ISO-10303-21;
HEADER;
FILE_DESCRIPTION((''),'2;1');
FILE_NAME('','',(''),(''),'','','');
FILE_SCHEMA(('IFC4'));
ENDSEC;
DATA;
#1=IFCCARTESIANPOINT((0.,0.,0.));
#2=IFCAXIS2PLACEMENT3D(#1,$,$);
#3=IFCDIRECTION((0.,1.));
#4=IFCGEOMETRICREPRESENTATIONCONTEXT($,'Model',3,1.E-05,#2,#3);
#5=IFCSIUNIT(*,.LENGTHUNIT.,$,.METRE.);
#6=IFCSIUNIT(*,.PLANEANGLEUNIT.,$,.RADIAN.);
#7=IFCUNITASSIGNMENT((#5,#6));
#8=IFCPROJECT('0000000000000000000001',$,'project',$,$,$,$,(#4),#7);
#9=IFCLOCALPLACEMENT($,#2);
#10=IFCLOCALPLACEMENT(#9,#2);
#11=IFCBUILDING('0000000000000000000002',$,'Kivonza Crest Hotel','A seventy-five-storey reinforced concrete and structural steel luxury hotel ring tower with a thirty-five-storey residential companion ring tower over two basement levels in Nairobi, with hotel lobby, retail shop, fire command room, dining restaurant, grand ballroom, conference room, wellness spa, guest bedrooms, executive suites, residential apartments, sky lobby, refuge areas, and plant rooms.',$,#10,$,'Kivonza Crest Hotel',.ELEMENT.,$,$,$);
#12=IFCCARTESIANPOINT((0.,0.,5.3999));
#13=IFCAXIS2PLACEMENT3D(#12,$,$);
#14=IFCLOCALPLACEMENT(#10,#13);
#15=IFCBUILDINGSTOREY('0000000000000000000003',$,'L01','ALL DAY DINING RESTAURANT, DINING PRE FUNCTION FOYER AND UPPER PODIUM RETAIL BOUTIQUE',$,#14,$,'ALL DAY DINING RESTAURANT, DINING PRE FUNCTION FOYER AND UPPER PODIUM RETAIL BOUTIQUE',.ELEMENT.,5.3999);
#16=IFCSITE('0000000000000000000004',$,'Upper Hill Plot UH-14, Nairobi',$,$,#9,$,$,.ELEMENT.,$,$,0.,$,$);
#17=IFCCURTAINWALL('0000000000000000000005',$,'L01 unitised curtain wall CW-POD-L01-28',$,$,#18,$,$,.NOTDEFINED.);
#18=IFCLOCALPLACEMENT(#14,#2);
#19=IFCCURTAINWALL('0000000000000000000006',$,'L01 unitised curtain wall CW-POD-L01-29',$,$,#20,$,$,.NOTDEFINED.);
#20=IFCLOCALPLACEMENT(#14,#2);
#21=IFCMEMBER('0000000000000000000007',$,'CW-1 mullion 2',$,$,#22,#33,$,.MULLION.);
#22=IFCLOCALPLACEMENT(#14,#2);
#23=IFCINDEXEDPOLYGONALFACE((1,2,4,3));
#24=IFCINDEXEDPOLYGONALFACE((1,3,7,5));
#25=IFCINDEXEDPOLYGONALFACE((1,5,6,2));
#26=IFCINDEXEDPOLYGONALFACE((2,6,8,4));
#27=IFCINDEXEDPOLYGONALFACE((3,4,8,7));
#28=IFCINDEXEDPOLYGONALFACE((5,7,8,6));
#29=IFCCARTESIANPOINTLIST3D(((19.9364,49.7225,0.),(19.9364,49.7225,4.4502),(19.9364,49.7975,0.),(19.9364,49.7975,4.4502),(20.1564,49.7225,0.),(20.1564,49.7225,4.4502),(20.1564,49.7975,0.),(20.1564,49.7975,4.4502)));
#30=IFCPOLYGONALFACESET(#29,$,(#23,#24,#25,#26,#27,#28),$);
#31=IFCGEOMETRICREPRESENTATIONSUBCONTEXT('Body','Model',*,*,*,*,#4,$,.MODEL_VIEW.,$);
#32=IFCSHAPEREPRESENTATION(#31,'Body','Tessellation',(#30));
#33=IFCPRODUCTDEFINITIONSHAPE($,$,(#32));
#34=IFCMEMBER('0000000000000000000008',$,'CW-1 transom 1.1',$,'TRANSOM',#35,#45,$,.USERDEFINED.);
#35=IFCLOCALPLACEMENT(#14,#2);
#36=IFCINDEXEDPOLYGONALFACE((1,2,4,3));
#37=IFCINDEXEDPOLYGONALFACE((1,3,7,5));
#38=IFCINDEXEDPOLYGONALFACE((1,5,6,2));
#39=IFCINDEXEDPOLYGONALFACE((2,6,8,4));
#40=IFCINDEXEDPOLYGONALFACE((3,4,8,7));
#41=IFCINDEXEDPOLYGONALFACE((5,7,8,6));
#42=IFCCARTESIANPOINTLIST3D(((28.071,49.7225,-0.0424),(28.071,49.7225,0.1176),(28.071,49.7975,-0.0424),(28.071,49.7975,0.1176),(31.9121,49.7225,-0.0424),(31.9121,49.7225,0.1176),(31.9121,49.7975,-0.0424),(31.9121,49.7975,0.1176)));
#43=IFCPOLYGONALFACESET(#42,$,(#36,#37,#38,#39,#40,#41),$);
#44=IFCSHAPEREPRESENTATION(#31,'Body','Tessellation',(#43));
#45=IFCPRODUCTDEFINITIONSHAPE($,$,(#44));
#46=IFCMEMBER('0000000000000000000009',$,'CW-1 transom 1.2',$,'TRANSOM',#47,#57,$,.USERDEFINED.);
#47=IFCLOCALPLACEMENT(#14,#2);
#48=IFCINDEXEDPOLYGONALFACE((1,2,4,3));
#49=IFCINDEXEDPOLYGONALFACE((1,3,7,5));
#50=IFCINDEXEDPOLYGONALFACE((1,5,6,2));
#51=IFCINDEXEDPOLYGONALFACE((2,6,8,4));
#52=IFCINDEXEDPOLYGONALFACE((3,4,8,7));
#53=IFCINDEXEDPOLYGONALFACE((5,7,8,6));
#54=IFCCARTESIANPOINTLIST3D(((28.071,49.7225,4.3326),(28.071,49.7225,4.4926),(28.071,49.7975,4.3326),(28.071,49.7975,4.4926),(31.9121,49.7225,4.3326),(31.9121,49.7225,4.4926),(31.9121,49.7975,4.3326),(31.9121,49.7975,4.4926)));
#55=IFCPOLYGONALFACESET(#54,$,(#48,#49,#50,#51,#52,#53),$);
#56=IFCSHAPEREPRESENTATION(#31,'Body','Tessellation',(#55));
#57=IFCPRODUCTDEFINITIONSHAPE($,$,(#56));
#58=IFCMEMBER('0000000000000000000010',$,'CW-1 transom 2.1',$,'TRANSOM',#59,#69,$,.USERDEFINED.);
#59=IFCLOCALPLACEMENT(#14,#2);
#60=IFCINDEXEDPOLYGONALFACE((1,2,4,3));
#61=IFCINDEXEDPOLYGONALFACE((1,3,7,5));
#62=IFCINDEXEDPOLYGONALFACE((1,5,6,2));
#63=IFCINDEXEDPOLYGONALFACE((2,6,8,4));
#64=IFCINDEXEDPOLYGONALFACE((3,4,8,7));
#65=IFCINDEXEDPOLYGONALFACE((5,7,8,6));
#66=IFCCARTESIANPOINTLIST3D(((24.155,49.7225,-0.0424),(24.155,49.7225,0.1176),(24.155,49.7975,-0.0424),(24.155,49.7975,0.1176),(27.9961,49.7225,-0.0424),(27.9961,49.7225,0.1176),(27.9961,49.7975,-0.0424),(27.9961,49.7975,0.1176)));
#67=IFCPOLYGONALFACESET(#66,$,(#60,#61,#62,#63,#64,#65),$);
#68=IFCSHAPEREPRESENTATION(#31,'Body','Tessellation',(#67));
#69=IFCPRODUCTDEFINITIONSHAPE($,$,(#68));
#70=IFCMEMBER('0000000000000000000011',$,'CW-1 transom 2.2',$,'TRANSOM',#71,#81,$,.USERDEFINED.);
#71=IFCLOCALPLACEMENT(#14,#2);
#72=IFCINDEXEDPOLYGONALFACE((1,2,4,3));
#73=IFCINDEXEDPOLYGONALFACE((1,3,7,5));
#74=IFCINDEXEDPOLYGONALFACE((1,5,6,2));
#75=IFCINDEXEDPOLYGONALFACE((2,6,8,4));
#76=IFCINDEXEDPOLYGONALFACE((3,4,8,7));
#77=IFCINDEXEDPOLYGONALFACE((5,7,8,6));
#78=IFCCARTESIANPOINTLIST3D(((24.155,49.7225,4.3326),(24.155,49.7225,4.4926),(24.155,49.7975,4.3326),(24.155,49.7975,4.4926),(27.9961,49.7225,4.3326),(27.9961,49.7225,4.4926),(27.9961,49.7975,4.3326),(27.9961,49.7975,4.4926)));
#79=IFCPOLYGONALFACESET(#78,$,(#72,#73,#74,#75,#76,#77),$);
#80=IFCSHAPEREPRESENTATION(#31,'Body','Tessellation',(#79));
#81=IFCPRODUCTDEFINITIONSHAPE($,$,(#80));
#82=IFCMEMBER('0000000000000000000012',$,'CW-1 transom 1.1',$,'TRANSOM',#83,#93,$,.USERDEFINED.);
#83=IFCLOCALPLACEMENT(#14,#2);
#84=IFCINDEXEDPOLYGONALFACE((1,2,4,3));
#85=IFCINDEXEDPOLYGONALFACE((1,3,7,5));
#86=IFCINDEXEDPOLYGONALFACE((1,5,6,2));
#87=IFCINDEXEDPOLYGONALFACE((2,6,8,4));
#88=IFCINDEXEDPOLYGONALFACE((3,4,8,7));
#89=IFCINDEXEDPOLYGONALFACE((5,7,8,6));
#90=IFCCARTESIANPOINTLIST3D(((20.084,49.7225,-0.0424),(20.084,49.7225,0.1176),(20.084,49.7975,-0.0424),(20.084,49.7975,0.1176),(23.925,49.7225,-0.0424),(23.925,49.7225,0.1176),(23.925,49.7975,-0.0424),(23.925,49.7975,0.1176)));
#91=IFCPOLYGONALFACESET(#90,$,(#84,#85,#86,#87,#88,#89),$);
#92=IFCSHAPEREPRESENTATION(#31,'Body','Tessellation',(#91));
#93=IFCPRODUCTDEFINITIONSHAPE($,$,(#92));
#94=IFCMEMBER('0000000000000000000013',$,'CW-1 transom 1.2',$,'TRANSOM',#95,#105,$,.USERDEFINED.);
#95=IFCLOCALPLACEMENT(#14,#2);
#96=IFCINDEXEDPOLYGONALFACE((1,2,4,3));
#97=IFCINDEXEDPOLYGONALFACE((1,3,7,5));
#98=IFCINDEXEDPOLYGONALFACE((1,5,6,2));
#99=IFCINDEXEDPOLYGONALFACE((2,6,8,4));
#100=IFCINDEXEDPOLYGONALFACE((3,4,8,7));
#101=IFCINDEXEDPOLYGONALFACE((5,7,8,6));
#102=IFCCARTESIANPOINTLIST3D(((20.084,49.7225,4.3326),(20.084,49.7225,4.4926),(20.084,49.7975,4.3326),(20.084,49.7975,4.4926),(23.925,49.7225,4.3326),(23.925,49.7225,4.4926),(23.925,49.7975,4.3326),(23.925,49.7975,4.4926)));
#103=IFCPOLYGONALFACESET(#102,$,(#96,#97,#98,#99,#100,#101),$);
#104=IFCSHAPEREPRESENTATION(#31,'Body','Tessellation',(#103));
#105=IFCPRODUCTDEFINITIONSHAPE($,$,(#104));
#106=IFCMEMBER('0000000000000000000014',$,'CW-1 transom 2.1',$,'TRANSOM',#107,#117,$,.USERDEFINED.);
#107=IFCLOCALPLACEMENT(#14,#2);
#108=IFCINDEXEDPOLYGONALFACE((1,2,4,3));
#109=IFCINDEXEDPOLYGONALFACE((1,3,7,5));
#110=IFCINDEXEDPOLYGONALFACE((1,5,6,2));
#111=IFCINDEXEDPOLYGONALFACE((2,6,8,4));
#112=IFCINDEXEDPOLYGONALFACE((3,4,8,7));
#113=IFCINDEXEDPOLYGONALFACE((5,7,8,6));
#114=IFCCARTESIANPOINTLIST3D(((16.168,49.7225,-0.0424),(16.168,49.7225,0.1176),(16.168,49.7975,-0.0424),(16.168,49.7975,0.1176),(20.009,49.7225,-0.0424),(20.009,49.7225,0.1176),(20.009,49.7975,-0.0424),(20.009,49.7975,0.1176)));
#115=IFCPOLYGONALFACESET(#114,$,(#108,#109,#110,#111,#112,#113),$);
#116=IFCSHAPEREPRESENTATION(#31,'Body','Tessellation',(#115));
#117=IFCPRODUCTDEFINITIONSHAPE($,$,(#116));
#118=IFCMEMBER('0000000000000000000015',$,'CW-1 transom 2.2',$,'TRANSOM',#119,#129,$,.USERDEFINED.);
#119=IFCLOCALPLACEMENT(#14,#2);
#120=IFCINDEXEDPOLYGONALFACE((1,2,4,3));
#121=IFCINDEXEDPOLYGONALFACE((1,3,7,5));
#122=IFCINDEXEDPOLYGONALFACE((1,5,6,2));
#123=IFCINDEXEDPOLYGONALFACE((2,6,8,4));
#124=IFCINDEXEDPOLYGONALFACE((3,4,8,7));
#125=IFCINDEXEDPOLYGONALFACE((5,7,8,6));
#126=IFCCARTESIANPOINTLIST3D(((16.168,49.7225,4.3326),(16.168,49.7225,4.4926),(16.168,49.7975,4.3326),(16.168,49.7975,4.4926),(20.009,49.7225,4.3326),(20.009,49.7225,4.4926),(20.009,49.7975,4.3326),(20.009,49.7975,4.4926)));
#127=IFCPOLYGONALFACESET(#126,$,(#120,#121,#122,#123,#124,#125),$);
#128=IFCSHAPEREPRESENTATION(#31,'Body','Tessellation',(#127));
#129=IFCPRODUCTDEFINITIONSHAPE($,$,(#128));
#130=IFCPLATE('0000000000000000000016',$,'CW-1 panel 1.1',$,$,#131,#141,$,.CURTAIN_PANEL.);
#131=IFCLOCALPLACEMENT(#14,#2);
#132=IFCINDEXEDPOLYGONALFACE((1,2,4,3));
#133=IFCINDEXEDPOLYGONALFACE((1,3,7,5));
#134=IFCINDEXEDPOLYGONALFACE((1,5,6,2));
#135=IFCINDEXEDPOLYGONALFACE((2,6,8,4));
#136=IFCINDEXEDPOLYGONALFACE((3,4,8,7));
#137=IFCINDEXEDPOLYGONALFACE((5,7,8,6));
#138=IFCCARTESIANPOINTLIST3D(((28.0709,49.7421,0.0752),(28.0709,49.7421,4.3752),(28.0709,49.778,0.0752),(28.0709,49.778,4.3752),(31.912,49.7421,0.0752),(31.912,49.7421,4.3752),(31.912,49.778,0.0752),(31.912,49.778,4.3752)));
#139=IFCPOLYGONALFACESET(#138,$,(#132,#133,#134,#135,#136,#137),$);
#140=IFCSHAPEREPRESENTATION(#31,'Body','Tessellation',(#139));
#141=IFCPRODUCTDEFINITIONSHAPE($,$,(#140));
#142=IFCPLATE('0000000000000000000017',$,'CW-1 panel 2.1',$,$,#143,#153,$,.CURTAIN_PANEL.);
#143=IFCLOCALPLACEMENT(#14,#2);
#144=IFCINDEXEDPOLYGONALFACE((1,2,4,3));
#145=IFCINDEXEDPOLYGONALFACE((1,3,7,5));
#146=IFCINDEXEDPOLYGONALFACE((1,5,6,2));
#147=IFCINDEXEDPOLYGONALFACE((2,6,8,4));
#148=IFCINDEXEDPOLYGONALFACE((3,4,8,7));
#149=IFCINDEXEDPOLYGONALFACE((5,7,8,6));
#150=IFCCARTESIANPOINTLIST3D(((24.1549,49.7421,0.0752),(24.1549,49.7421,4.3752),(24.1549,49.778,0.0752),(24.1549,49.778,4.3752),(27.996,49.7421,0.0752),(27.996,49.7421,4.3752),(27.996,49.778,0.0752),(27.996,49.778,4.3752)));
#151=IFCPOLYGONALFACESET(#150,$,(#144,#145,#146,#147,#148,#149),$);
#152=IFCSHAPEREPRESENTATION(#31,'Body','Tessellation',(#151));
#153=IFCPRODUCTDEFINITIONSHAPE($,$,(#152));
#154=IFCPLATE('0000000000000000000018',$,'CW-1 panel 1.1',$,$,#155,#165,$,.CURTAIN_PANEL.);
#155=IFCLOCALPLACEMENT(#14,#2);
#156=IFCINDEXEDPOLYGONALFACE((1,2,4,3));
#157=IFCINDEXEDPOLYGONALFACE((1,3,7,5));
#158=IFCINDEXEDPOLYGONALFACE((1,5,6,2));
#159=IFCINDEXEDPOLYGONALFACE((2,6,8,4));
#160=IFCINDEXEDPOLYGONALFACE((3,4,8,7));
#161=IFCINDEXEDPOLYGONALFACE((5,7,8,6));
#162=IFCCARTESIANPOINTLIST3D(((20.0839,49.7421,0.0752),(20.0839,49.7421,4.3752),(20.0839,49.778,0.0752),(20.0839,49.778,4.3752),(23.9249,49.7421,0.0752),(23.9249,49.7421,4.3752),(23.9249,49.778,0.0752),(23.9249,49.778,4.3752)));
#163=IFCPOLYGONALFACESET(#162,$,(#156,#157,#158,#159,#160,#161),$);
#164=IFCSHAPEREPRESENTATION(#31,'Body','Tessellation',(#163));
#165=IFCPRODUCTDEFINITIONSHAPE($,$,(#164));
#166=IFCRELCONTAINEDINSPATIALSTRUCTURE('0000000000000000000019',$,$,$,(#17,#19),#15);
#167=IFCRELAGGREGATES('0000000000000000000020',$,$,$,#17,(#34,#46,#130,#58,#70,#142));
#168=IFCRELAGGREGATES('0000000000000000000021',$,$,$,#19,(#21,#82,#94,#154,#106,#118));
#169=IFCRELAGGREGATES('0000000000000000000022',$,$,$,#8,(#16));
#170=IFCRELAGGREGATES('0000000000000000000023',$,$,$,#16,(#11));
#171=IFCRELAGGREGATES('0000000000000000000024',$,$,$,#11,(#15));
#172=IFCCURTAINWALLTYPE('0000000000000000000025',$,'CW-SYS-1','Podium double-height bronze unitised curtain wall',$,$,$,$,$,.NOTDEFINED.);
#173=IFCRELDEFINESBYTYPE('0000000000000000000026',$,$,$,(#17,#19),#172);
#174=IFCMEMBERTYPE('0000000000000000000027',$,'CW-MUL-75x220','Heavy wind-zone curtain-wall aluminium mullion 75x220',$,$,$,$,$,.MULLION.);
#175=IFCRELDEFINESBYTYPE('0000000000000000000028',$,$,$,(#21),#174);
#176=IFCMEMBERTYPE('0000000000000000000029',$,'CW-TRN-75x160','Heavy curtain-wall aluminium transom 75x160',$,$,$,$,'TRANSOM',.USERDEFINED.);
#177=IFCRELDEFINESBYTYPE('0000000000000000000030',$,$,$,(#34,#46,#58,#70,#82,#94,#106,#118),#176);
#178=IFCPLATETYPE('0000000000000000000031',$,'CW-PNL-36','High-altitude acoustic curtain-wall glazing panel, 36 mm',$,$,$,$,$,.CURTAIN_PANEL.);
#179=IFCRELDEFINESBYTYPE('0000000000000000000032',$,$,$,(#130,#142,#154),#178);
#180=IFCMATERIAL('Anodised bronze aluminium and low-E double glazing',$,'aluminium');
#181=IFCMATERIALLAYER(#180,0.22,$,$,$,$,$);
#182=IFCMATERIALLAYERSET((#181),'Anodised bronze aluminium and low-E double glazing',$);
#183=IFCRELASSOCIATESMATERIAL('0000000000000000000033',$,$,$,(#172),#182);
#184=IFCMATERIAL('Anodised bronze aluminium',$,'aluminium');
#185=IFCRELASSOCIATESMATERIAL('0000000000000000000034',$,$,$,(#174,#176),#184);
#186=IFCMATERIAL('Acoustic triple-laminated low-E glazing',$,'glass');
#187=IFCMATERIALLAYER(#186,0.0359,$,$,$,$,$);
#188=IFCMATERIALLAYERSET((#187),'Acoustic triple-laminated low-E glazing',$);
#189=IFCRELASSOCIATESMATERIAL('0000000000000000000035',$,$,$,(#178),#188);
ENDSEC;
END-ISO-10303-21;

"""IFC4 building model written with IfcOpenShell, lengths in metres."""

from ifc_helpers import new_model, si_unit, direction, frame, origin, origin_2d, place, context, subcontext, project, spatial, rectangle, extrude, material, layer, layer_set, material_profile, profile_set, type_object, element, aggregate, save


model = new_model("IFC4")

# Units and contexts
model_context = context("Model", 3, precision=1e-05, world=origin(), true_north=direction((0.0, 1.0)))
body_context = subcontext(model_context, "Body", "Model", "MODEL_VIEW")
ifc_project = project(units=[si_unit("LENGTHUNIT", "METRE"), si_unit("PLANEANGLEUNIT", "RADIAN")], contexts=[model_context])

# Site, building, storey
site_placement = place(None, origin())
site = spatial("IfcSite", under=ifc_project, at=site_placement, Name="Upper Hill Plot UH-14, Nairobi", CompositionType="ELEMENT", RefElevation=0.0)
building_placement = place(site_placement, origin())
building = spatial("IfcBuilding", under=site, at=building_placement, Name="Kivonza Crest Hotel", Description="A seventy-five-storey reinforced concrete and structural steel luxury hotel ring tower with a thirty-five-storey residential companion ring tower over two basement levels in Nairobi, with hotel lobby, retail shop, fire command room, dining restaurant, grand ballroom, conference room, wellness spa, guest bedrooms, executive suites, residential apartments, sky lobby, refuge areas, and plant rooms.", LongName="Kivonza Crest Hotel", CompositionType="ELEMENT")
storey_placement = place(building_placement, frame((0.0, 0.0, 5.3999)))
storey = spatial("IfcBuildingStorey", under=building, at=storey_placement, Name="L01", Description="ALL DAY DINING RESTAURANT, DINING PRE FUNCTION FOYER AND UPPER PODIUM RETAIL BOUTIQUE", LongName="ALL DAY DINING RESTAURANT, DINING PRE FUNCTION FOYER AND UPPER PODIUM RETAIL BOUTIQUE", CompositionType="ELEMENT", Elevation=5.3999)

# Shared definitions
ifc_material_1 = material(Name="Anodised bronze aluminium and low-E double glazing", Category="aluminium")
ifc_layer_1 = layer(ifc_material_1, 0.22)
ifc_layer_set_1 = layer_set([ifc_layer_1], Name="Anodised bronze aluminium and low-E double glazing")
curtain_wall_type = type_object("IfcCurtainWallType", Name="CW-SYS-1", Description="Podium double-height bronze unitised curtain wall", PredefinedType="NOTDEFINED", material=ifc_layer_set_1)
ifc_material_2 = material(Name="Anodised bronze aluminium", Category="aluminium")
ifc_material_profile_1 = material_profile(ifc_material_2, rectangle(XDim=0.075, YDim=0.22, at=origin_2d()), Name="CW-M 75x220")
ifc_profile_set_1 = profile_set([ifc_material_profile_1], Name="Anodised bronze aluminium")
member_type_1 = type_object("IfcMemberType", Name="CW-MUL-75x220", Description="Heavy wind-zone curtain-wall aluminium mullion 75x220", PredefinedType="MULLION", material=ifc_profile_set_1)

# Curtain walls, member
curtain_wall_1_placement = place(storey_placement, origin())
curtain_wall_1 = element("IfcCurtainWall", 1, at=curtain_wall_1_placement, inside=storey, type_object=curtain_wall_type, Name="L01 unitised curtain wall CW-POD-L01-28", PredefinedType="NOTDEFINED")
curtain_wall_2_placement = place(storey_placement, origin())
curtain_wall_2 = element("IfcCurtainWall", 2, at=curtain_wall_2_placement, inside=storey, type_object=curtain_wall_type, Name="L01 unitised curtain wall CW-POD-L01-29", PredefinedType="NOTDEFINED")
member_1_placement = place(storey_placement, frame((20.0464, 49.76, 0.0), z_axis=(0.0, 0.0, 1.0), x_axis=(0.0, -1.0, 0.0)))
member_1 = element("IfcMember", 3, at=member_1_placement, type_object=member_type_1, Name="CW-1 mullion 2", PredefinedType="MULLION", context=body_context, shape_type="SweptSolid", body=[
    extrude(rectangle(XDim=0.075, YDim=0.22, at=origin_2d()), origin(), (0.0, 0.0, 1.0), 4.4502),
])

# Members
ifc_material_profile_2 = material_profile(ifc_material_2, rectangle(XDim=0.075, YDim=0.1599, at=origin_2d()), Name="CW-T 75x160")
ifc_profile_set_2 = profile_set([ifc_material_profile_2], Name="Anodised bronze aluminium")
member_type_2 = type_object("IfcMemberType", Name="CW-TRN-75x160", Description="Heavy curtain-wall aluminium transom 75x160", ElementType="TRANSOM", PredefinedType="USERDEFINED", material=ifc_profile_set_2)
member_2_placement = place(storey_placement, frame((31.9121, 49.76, 0.0376), z_axis=(-1.0, 0.0, 0.0), x_axis=(0.0, -1.0, 0.0)))
member_2 = element("IfcMember", 4, at=member_2_placement, type_object=member_type_2, Name="CW-1 transom 1.1", ObjectType="TRANSOM", PredefinedType="USERDEFINED", context=body_context, shape_type="SweptSolid", body=[
    extrude(rectangle(XDim=0.075, YDim=0.1599, at=origin_2d()), origin(), (0.0, 0.0, 1.0), 3.8411),
])
member_3_placement = place(storey_placement, frame((31.9121, 49.76, 4.4126), z_axis=(-1.0, 0.0, 0.0), x_axis=(0.0, -1.0, 0.0)))
member_3 = element("IfcMember", 5, at=member_3_placement, type_object=member_type_2, Name="CW-1 transom 1.2", ObjectType="TRANSOM", PredefinedType="USERDEFINED", context=body_context, shape_type="SweptSolid", body=[
    extrude(rectangle(XDim=0.075, YDim=0.1599, at=origin_2d()), origin(), (0.0, 0.0, 1.0), 3.8411),
])
member_4_placement = place(storey_placement, frame((27.9961, 49.76, 0.0376), z_axis=(-1.0, 0.0, 0.0), x_axis=(0.0, -1.0, 0.0)))
member_4 = element("IfcMember", 6, at=member_4_placement, type_object=member_type_2, Name="CW-1 transom 2.1", ObjectType="TRANSOM", PredefinedType="USERDEFINED", context=body_context, shape_type="SweptSolid", body=[
    extrude(rectangle(XDim=0.075, YDim=0.1599, at=origin_2d()), origin(), (0.0, 0.0, 1.0), 3.8411),
])
member_5_placement = place(storey_placement, frame((27.9961, 49.76, 4.4126), z_axis=(-1.0, 0.0, 0.0), x_axis=(0.0, -1.0, 0.0)))
member_5 = element("IfcMember", 7, at=member_5_placement, type_object=member_type_2, Name="CW-1 transom 2.2", ObjectType="TRANSOM", PredefinedType="USERDEFINED", context=body_context, shape_type="SweptSolid", body=[
    extrude(rectangle(XDim=0.075, YDim=0.1599, at=origin_2d()), origin(), (0.0, 0.0, 1.0), 3.8411),
])
member_6_placement = place(storey_placement, frame((23.925, 49.76, 0.0376), z_axis=(-1.0, 0.0, 0.0), x_axis=(0.0, -1.0, 0.0)))
member_6 = element("IfcMember", 8, at=member_6_placement, type_object=member_type_2, Name="CW-1 transom 1.1", ObjectType="TRANSOM", PredefinedType="USERDEFINED", context=body_context, shape_type="SweptSolid", body=[
    extrude(rectangle(XDim=0.075, YDim=0.1599, at=origin_2d()), origin(), (0.0, 0.0, 1.0), 3.8411),
])
member_7_placement = place(storey_placement, frame((23.925, 49.76, 4.4126), z_axis=(-1.0, 0.0, 0.0), x_axis=(0.0, -1.0, 0.0)))
member_7 = element("IfcMember", 9, at=member_7_placement, type_object=member_type_2, Name="CW-1 transom 1.2", ObjectType="TRANSOM", PredefinedType="USERDEFINED", context=body_context, shape_type="SweptSolid", body=[
    extrude(rectangle(XDim=0.075, YDim=0.1599, at=origin_2d()), origin(), (0.0, 0.0, 1.0), 3.8411),
])
member_8_placement = place(storey_placement, frame((20.009, 49.76, 0.0376), z_axis=(-1.0, 0.0, 0.0), x_axis=(0.0, -1.0, 0.0)))
member_8 = element("IfcMember", 10, at=member_8_placement, type_object=member_type_2, Name="CW-1 transom 2.1", ObjectType="TRANSOM", PredefinedType="USERDEFINED", context=body_context, shape_type="SweptSolid", body=[
    extrude(rectangle(XDim=0.075, YDim=0.1599, at=origin_2d()), origin(), (0.0, 0.0, 1.0), 3.8411),
])
member_9_placement = place(storey_placement, frame((20.009, 49.76, 4.4126), z_axis=(-1.0, 0.0, 0.0), x_axis=(0.0, -1.0, 0.0)))
member_9 = element("IfcMember", 11, at=member_9_placement, type_object=member_type_2, Name="CW-1 transom 2.2", ObjectType="TRANSOM", PredefinedType="USERDEFINED", context=body_context, shape_type="SweptSolid", body=[
    extrude(rectangle(XDim=0.075, YDim=0.1599, at=origin_2d()), origin(), (0.0, 0.0, 1.0), 3.8411),
])

# Plates
ifc_material_3 = material(Name="Acoustic triple-laminated low-E glazing", Category="glass")
ifc_layer_2 = layer(ifc_material_3, 0.0359)
ifc_layer_set_2 = layer_set([ifc_layer_2], Name="Acoustic triple-laminated low-E glazing")
plate_type = type_object("IfcPlateType", Name="CW-PNL-36", Description="High-altitude acoustic curtain-wall glazing panel, 36 mm", PredefinedType="CURTAIN_PANEL", material=ifc_layer_set_2)
plate_1_placement = place(storey_placement, frame((29.9915, 49.76, 0.0752), z_axis=(0.0, 0.0, 1.0), x_axis=(-1.0, 0.0, 0.0)))
plate_1 = element("IfcPlate", 12, at=plate_1_placement, type_object=plate_type, Name="CW-1 panel 1.1", PredefinedType="CURTAIN_PANEL", context=body_context, shape_type="SweptSolid", body=[
    extrude(rectangle(XDim=3.8411, YDim=0.0359, at=origin_2d()), origin(), (0.0, 0.0, 1.0), 4.3),
])
plate_2_placement = place(storey_placement, frame((26.0754, 49.76, 0.0752), z_axis=(0.0, 0.0, 1.0), x_axis=(-1.0, 0.0, 0.0)))
plate_2 = element("IfcPlate", 13, at=plate_2_placement, type_object=plate_type, Name="CW-1 panel 2.1", PredefinedType="CURTAIN_PANEL", context=body_context, shape_type="SweptSolid", body=[
    extrude(rectangle(XDim=3.8411, YDim=0.0359, at=origin_2d()), origin(), (0.0, 0.0, 1.0), 4.3),
])
aggregate(curtain_wall_1, [member_2, member_3, plate_1, member_4, member_5, plate_2])
plate_3_placement = place(storey_placement, frame((22.0044, 49.76, 0.0752), z_axis=(0.0, 0.0, 1.0), x_axis=(-1.0, 0.0, 0.0)))
plate_3 = element("IfcPlate", 14, at=plate_3_placement, type_object=plate_type, Name="CW-1 panel 1.1", PredefinedType="CURTAIN_PANEL", context=body_context, shape_type="SweptSolid", body=[
    extrude(rectangle(XDim=3.8411, YDim=0.0359, at=origin_2d()), origin(), (0.0, 0.0, 1.0), 4.3),
])
aggregate(curtain_wall_2, [member_1, member_6, member_7, plate_3, member_8, member_9])

save(model, "model.ifc")
